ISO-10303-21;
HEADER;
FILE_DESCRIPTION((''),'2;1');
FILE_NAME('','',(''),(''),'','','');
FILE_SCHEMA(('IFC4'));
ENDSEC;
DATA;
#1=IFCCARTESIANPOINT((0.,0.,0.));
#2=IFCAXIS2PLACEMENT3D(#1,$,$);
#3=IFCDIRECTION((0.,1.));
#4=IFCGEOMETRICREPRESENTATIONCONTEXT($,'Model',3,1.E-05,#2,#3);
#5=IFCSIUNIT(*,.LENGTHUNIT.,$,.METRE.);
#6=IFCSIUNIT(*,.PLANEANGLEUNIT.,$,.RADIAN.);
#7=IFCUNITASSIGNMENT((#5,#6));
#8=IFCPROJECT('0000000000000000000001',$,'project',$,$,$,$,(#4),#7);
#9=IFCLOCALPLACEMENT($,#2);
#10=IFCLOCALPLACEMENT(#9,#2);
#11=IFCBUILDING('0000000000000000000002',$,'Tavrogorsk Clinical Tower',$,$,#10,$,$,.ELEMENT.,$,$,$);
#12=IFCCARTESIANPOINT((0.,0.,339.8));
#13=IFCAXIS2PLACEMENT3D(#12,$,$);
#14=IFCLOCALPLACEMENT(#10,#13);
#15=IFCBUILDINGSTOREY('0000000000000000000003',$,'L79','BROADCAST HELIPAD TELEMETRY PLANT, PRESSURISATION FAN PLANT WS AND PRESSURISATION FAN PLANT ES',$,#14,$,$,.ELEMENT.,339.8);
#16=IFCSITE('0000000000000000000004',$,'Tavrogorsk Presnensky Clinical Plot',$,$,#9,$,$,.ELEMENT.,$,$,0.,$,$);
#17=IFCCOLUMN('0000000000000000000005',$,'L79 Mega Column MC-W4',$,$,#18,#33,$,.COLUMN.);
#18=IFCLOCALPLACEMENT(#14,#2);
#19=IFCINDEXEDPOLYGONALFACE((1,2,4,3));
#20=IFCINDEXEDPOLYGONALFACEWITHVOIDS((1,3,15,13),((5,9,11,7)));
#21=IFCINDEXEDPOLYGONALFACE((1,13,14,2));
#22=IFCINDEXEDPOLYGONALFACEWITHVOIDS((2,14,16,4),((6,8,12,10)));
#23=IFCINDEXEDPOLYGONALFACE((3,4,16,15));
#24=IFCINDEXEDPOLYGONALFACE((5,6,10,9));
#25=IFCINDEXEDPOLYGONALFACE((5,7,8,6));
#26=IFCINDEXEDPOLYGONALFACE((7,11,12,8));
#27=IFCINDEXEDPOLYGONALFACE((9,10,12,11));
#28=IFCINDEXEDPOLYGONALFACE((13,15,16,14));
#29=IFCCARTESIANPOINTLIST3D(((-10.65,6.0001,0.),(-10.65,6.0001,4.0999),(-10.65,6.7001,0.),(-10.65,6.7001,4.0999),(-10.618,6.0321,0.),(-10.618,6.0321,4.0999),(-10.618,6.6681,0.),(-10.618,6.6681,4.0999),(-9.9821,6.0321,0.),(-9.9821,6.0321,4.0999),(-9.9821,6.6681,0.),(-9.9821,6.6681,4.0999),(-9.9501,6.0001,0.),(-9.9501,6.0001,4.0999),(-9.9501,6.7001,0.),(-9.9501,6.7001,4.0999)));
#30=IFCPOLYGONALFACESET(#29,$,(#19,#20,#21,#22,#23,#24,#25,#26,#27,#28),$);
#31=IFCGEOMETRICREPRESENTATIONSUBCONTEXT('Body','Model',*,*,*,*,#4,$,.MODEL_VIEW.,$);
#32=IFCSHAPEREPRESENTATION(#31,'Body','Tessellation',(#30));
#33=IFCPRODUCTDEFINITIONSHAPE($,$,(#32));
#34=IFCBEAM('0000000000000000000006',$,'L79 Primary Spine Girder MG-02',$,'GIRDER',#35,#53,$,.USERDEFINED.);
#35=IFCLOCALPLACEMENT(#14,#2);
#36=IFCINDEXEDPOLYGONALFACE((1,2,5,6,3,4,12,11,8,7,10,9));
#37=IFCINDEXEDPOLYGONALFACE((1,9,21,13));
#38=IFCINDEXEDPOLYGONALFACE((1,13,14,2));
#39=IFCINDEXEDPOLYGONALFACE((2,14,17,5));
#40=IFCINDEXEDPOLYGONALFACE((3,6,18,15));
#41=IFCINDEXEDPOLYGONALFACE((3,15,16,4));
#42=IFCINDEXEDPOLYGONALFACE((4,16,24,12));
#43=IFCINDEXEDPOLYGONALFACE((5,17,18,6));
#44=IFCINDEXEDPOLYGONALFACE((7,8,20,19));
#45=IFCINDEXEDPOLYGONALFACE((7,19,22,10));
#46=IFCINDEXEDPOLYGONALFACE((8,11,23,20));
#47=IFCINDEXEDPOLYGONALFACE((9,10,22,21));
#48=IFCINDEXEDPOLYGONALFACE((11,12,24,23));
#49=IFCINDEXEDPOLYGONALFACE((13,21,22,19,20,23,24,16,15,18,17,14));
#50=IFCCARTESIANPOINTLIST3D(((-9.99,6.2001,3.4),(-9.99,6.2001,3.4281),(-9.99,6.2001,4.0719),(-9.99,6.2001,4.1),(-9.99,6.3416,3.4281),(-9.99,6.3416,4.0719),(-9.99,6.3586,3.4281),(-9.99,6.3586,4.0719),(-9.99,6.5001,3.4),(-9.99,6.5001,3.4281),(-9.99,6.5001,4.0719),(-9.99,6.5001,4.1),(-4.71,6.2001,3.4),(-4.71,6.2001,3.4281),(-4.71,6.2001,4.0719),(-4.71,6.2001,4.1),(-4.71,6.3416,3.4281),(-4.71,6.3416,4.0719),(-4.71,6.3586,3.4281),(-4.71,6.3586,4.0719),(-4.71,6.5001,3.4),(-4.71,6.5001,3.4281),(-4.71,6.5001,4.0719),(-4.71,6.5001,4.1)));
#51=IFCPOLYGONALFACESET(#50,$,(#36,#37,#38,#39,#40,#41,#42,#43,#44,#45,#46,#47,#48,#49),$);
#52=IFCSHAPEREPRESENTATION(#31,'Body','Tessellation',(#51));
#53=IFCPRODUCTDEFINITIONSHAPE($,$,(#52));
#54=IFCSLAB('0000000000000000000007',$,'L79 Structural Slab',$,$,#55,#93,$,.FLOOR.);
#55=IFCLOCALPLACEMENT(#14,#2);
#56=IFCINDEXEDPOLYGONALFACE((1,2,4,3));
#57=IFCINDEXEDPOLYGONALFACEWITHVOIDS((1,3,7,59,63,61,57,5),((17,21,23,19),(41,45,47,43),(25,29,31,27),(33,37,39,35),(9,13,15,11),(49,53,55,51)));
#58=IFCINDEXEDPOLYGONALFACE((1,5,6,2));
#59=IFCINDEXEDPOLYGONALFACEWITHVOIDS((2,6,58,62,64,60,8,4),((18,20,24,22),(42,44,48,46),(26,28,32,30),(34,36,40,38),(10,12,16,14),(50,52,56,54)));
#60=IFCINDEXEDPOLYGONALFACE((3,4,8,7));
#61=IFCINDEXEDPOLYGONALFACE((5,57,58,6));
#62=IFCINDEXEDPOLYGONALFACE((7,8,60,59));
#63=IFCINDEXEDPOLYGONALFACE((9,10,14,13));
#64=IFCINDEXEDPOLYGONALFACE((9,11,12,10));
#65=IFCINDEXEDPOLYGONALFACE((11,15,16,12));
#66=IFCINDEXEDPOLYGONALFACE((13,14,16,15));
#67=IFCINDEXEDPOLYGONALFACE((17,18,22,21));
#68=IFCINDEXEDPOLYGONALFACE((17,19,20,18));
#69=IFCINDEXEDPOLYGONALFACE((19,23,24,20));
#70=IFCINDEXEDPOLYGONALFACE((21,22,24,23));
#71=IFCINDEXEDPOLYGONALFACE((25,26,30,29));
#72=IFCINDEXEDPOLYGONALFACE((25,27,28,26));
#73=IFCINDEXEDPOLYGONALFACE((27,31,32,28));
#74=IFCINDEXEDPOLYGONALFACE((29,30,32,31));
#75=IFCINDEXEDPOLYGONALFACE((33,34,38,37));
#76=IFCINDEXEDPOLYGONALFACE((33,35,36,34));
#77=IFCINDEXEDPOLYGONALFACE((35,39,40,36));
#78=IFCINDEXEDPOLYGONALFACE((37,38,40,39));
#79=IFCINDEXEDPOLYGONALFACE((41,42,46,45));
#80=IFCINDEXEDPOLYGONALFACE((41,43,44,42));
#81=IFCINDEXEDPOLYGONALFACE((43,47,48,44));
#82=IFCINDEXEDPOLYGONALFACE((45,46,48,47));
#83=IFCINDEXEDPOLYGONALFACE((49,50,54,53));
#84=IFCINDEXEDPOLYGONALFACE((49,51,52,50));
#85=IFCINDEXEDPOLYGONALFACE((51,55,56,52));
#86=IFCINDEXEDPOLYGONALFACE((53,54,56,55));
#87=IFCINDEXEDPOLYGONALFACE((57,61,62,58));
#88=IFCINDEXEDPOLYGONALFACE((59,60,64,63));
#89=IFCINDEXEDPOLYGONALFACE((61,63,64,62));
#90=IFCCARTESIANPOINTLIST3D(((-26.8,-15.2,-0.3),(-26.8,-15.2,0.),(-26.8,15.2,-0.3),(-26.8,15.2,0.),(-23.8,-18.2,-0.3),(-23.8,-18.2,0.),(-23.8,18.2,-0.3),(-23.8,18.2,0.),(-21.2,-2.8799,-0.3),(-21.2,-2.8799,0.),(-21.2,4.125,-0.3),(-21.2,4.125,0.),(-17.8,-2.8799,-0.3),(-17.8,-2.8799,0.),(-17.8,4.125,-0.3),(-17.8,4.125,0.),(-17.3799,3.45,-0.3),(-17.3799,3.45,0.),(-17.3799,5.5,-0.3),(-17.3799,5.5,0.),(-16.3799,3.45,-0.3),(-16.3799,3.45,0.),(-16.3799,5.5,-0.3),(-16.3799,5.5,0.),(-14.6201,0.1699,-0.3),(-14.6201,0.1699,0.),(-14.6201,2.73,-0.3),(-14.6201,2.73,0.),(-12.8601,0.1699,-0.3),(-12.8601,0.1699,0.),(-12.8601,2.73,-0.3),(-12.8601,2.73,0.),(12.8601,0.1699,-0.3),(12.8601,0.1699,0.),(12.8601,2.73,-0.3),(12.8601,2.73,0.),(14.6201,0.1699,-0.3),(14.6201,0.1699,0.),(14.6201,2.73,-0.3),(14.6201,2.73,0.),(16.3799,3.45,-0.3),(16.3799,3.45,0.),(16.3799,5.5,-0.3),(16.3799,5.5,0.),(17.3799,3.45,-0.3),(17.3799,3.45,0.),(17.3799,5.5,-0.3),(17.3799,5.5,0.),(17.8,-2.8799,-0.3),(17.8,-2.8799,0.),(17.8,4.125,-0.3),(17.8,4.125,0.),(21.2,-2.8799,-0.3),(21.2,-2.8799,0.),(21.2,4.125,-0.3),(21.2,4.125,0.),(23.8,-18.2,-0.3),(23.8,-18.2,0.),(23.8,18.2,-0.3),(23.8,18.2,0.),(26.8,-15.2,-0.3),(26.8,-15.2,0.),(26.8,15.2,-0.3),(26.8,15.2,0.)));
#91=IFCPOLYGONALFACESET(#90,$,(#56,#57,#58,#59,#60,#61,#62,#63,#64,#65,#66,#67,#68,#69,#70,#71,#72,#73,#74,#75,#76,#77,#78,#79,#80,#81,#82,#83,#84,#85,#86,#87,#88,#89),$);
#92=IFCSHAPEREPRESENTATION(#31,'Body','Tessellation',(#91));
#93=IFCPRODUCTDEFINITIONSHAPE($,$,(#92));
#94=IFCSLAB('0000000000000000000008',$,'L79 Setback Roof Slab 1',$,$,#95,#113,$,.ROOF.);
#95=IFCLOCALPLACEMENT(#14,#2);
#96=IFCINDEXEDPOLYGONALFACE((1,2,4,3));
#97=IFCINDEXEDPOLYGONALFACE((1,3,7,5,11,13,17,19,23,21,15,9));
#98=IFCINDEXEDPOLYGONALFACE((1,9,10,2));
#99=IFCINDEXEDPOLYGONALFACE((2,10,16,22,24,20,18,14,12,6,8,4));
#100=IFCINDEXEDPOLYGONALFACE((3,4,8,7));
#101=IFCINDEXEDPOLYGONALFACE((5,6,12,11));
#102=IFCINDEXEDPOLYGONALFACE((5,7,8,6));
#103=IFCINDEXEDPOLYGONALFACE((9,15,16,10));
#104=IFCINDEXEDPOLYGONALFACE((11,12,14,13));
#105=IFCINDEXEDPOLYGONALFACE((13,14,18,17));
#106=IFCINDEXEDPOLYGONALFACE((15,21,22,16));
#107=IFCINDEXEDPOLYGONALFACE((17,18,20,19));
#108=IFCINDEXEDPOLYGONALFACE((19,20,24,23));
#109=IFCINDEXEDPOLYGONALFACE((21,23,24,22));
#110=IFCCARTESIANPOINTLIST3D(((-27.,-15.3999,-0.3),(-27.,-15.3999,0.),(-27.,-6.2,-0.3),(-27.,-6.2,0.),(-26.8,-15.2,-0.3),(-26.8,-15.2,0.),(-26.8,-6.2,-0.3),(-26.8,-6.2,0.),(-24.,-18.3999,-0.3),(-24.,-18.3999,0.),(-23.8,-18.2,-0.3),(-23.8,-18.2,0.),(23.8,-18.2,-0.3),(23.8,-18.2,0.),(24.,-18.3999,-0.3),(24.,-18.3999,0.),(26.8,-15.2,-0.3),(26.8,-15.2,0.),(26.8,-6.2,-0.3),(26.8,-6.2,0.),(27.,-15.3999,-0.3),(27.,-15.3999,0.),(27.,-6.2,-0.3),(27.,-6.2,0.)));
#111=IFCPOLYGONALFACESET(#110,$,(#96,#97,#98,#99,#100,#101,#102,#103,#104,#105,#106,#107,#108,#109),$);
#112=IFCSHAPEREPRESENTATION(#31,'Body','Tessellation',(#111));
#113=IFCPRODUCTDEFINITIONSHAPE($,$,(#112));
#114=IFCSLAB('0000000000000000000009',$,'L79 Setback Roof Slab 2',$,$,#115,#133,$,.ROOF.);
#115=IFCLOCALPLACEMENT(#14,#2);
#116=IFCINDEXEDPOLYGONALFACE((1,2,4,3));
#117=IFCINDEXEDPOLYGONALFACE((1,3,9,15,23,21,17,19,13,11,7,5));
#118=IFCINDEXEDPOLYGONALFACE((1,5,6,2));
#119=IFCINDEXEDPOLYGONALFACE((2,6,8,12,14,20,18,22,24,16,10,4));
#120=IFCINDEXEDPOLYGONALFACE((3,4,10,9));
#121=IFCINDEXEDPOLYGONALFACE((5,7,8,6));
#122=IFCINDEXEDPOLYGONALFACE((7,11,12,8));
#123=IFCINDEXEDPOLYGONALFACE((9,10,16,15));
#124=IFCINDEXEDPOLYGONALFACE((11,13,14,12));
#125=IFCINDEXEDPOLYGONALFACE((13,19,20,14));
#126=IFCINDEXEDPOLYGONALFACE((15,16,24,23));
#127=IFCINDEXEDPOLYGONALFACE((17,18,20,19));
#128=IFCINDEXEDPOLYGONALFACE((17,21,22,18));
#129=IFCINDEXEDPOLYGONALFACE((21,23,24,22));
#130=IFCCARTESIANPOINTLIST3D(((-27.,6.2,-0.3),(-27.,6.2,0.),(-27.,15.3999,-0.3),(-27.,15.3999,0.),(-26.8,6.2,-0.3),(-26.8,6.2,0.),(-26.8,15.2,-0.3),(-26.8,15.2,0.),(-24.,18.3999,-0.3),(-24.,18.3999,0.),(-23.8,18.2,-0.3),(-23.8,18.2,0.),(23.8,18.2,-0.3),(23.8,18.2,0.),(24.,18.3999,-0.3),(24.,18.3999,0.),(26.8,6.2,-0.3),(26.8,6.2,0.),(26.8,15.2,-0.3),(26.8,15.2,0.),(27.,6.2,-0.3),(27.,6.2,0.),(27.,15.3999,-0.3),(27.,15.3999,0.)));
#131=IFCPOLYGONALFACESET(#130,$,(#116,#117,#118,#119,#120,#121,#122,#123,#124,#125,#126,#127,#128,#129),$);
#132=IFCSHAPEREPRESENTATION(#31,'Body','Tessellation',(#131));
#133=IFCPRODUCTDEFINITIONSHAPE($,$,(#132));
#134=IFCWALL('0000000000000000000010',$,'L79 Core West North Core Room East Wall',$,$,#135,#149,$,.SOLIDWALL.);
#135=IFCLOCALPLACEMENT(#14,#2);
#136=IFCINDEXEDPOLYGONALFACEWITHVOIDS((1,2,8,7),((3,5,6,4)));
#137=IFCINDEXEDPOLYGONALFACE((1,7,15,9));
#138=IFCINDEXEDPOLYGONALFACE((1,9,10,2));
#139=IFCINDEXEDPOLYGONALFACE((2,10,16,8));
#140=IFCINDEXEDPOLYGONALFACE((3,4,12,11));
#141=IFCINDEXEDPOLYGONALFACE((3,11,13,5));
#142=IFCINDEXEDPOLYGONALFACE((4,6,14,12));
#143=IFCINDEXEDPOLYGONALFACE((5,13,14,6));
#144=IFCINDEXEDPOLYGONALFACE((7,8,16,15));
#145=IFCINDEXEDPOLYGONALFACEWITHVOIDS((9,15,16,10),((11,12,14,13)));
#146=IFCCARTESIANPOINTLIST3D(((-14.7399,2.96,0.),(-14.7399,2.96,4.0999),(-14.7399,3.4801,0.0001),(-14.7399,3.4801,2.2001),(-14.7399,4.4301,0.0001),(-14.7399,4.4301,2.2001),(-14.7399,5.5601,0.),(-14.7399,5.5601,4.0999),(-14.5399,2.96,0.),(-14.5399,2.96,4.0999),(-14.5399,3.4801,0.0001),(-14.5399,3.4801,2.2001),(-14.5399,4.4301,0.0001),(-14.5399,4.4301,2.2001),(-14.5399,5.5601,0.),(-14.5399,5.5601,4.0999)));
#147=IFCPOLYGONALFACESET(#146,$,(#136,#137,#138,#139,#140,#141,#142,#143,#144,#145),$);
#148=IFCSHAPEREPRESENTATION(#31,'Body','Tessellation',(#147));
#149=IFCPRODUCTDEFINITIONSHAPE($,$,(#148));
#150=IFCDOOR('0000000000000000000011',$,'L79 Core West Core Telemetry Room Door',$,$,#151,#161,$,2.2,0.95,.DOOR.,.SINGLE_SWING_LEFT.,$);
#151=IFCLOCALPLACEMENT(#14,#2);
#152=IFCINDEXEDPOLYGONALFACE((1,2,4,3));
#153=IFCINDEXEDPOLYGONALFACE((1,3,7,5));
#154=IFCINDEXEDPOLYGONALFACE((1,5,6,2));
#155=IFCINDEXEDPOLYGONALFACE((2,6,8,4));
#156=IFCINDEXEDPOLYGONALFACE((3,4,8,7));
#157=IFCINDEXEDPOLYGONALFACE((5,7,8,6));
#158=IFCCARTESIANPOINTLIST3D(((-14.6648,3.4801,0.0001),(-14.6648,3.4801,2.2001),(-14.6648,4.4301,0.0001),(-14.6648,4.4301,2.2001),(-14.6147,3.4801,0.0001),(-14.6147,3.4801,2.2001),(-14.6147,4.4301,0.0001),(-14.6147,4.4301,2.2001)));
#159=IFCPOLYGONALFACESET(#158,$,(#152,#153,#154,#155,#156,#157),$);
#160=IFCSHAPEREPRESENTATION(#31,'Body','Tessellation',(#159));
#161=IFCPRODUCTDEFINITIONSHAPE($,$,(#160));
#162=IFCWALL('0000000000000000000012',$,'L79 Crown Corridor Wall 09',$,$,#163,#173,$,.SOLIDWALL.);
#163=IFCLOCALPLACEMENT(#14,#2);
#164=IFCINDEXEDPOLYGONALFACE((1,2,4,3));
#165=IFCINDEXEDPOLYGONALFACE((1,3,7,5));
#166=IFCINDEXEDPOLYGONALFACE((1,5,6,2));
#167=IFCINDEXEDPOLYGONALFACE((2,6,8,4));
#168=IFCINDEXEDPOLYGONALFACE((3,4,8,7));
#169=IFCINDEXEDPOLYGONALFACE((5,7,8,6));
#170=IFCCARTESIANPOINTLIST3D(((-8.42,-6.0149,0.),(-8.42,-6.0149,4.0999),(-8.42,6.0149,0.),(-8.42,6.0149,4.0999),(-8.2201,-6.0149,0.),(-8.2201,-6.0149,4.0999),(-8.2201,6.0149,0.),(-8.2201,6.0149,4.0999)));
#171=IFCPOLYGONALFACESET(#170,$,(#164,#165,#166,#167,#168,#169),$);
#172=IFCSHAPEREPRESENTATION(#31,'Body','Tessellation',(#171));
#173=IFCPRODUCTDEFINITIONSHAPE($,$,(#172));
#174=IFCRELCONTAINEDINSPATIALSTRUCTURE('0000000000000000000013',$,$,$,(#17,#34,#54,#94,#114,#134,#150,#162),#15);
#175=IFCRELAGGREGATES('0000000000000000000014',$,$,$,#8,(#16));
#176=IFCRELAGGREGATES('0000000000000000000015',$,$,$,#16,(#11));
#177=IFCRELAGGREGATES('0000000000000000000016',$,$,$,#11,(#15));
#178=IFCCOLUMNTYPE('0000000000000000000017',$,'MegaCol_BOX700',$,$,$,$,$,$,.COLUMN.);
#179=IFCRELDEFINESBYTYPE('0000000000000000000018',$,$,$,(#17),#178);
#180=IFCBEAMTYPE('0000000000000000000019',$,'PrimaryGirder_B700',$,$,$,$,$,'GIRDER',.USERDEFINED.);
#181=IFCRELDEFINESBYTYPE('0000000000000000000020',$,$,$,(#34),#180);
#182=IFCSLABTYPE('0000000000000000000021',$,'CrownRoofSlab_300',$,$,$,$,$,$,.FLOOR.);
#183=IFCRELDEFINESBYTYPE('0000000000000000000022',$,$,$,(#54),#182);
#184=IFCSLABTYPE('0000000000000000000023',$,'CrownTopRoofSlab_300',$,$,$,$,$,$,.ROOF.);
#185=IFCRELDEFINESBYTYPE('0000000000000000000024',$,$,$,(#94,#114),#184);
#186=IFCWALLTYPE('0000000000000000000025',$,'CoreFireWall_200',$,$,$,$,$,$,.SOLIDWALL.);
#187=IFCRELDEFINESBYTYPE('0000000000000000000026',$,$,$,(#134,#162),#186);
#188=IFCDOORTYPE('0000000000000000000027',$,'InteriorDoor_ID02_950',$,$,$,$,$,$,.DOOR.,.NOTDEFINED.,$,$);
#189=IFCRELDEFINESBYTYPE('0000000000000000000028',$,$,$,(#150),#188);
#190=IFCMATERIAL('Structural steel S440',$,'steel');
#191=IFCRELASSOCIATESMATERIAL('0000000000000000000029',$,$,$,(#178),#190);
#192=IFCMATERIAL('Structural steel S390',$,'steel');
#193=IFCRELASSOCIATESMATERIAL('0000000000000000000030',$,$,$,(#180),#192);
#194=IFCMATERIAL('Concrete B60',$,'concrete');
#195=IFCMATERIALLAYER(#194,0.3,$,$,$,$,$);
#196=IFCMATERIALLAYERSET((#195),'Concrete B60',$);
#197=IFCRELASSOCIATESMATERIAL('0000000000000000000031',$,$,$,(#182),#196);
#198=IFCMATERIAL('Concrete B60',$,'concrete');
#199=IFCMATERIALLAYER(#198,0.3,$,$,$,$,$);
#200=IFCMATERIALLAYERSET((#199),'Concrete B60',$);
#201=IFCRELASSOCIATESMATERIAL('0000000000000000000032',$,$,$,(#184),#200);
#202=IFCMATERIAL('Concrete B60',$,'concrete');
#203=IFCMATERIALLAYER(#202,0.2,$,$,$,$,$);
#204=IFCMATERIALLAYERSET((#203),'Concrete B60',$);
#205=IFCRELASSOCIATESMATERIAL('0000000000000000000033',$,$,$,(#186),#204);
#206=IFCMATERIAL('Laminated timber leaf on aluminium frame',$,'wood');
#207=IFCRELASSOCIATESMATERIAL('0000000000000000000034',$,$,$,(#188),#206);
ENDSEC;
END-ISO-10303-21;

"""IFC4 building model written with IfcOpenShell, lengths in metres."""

from ifc_helpers import new_model, si_unit, direction, frame, frame_2d, origin, origin_2d, place, context, subcontext, project, spatial, polyline, rectangle, hollow_rectangle, i_section, outline, extrude, material, layer, layer_set, material_profile, profile_set, type_object, element, fill, save


model = new_model("IFC4")

# Units and contexts
model_context = context("Model", 3, precision=1e-05, world=origin(), true_north=direction((0.0, 1.0)))
body_context = subcontext(model_context, "Body", "Model", "MODEL_VIEW")
ifc_project = project(units=[si_unit("LENGTHUNIT", "METRE"), si_unit("PLANEANGLEUNIT", "RADIAN")], contexts=[model_context])

# Site, building, storey
site_placement = place(None, origin())
site = spatial("IfcSite", under=ifc_project, at=site_placement, Name="Tavrogorsk Presnensky Clinical Plot", CompositionType="ELEMENT", RefElevation=0.0)
building_placement = place(site_placement, origin())
building = spatial("IfcBuilding", under=site, at=building_placement, Name="Tavrogorsk Clinical Tower", CompositionType="ELEMENT")
storey_placement = place(building_placement, frame((0.0, 0.0, 339.8)))
storey = spatial("IfcBuildingStorey", under=building, at=storey_placement, Name="L79", Description="BROADCAST HELIPAD TELEMETRY PLANT, PRESSURISATION FAN PLANT WS AND PRESSURISATION FAN PLANT ES", CompositionType="ELEMENT", Elevation=339.8)

# Column
ifc_material_1 = material(Name="Structural steel S440", Category="steel")
ifc_material_profile_1 = material_profile(ifc_material_1, hollow_rectangle(XDim=0.7, YDim=0.7, WallThickness=0.032, at=origin_2d()), Name="BOX-700x700x32")
ifc_profile_set_1 = profile_set([ifc_material_profile_1], Name="Structural steel S440")
column_type = type_object("IfcColumnType", Name="MegaCol_BOX700", PredefinedType="COLUMN", material=ifc_profile_set_1)
column_placement = place(storey_placement, frame((-10.3, 6.3501, 0.0), z_axis=(0.0, 0.0, 1.0), x_axis=(1.0, 0.0, 0.0)))
element("IfcColumn", 1, at=column_placement, inside=storey, type_object=column_type, Name="L79 Mega Column MC-W4", PredefinedType="COLUMN", context=body_context, shape_type="SweptSolid", body=[
    extrude(hollow_rectangle(XDim=0.7, YDim=0.7, WallThickness=0.032, at=origin_2d()), origin(), (0.0, 0.0, 1.0), 4.0999),
])

# Beam
ifc_material_2 = material(Name="Structural steel S390", Category="steel")
ifc_material_profile_2 = material_profile(ifc_material_2, i_section(OverallWidth=0.3, OverallDepth=0.7, WebThickness=0.0171, FlangeThickness=0.0281, at=origin_2d()), Name="B-700x300x17x28")
ifc_profile_set_2 = profile_set([ifc_material_profile_2], Name="Structural steel S390")
beam_type = type_object("IfcBeamType", Name="PrimaryGirder_B700", ElementType="GIRDER", PredefinedType="USERDEFINED", material=ifc_profile_set_2)
beam_placement = place(storey_placement, frame((-9.99, 6.3501, 3.75), z_axis=(1.0, 0.0, 0.0), x_axis=(0.0, 1.0, 0.0)))
element("IfcBeam", 2, at=beam_placement, inside=storey, type_object=beam_type, Name="L79 Primary Spine Girder MG-02", ObjectType="GIRDER", PredefinedType="USERDEFINED", context=body_context, shape_type="SweptSolid", body=[
    extrude(i_section(OverallWidth=0.3, OverallDepth=0.7, WebThickness=0.0171, FlangeThickness=0.0281, at=origin_2d()), origin(), (0.0, 0.0, 1.0), 5.28),
])

# Slabs
ifc_material_3 = material(Name="Concrete B60", Category="concrete")
ifc_layer_1 = layer(ifc_material_3, 0.3)
ifc_layer_set_1 = layer_set([ifc_layer_1], Name="Concrete B60")
slab_type_1 = type_object("IfcSlabType", Name="CrownRoofSlab_300", PredefinedType="FLOOR", material=ifc_layer_set_1)
slab_1_placement = place(storey_placement, frame((0.0, 0.0, -0.3)))
element("IfcSlab", 3, at=slab_1_placement, inside=storey, type_object=slab_type_1, Name="L79 Structural Slab", PredefinedType="FLOOR", context=body_context, shape_type="SweptSolid", body=[
    extrude(outline(polyline([(-23.8, -18.2), (23.8, -18.2), (26.8, -15.2), (26.8, 15.2), (23.8, 18.2), (-23.8, 18.2), (-26.8, 15.2), (-26.8, -15.2), (-23.8, -18.2)]), holes=[polyline([(-17.8, -2.8799), (-17.8, 4.125), (-21.2, 4.125), (-21.2, -2.8799), (-17.8, -2.8799)]), polyline([(21.2, -2.8799), (21.2, 4.125), (17.8, 4.125), (17.8, -2.8799), (21.2, -2.8799)]), polyline([(-14.6201, 0.1699), (-12.8601, 0.1699), (-12.8601, 2.73), (-14.6201, 2.73), (-14.6201, 0.1699)]), polyline([(12.8601, 0.1699), (14.6201, 0.1699), (14.6201, 2.73), (12.8601, 2.73), (12.8601, 0.1699)]), polyline([(-17.3799, 3.45), (-16.3799, 3.45), (-16.3799, 5.5), (-17.3799, 5.5), (-17.3799, 3.45)]), polyline([(16.3799, 3.45), (17.3799, 3.45), (17.3799, 5.5), (16.3799, 5.5), (16.3799, 3.45)])]), origin(), (0.0, 0.0, 1.0), 0.3),
])
ifc_material_4 = material(Name="Concrete B60", Category="concrete")
ifc_layer_2 = layer(ifc_material_4, 0.3)
ifc_layer_set_2 = layer_set([ifc_layer_2], Name="Concrete B60")
slab_type_2 = type_object("IfcSlabType", Name="CrownTopRoofSlab_300", PredefinedType="ROOF", material=ifc_layer_set_2)
slab_2_placement = place(storey_placement, frame((0.0, 0.0, -0.3)))
element("IfcSlab", 4, at=slab_2_placement, inside=storey, type_object=slab_type_2, Name="L79 Setback Roof Slab 1", PredefinedType="ROOF", context=body_context, shape_type="SweptSolid", body=[
    extrude(outline(polyline([(-27.0, -6.2), (-26.8, -6.2), (-26.8, -15.2), (-23.8, -18.2), (23.8, -18.2), (26.8, -15.2), (26.8, -6.2), (27.0, -6.2), (27.0, -15.3999), (24.0, -18.3999), (-24.0, -18.3999), (-27.0, -15.3999), (-27.0, -6.2)])), origin(), (0.0, 0.0, 1.0), 0.3),
])
slab_3_placement = place(storey_placement, frame((0.0, 0.0, -0.3)))
element("IfcSlab", 5, at=slab_3_placement, inside=storey, type_object=slab_type_2, Name="L79 Setback Roof Slab 2", PredefinedType="ROOF", context=body_context, shape_type="SweptSolid", body=[
    extrude(outline(polyline([(-27.0, 15.3999), (-24.0, 18.3999), (24.0, 18.3999), (27.0, 15.3999), (27.0, 6.2), (26.8, 6.2), (26.8, 15.2), (23.8, 18.2), (-23.8, 18.2), (-26.8, 15.2), (-26.8, 6.2), (-27.0, 6.2), (-27.0, 15.3999)])), origin(), (0.0, 0.0, 1.0), 0.3),
])

# Wall, opening, door
ifc_material_5 = material(Name="Concrete B60", Category="concrete")
ifc_layer_3 = layer(ifc_material_5, 0.2)
ifc_layer_set_3 = layer_set([ifc_layer_3], Name="Concrete B60")
wall_type_1 = type_object("IfcWallType", Name="CoreFireWall_200", PredefinedType="SOLIDWALL", material=ifc_layer_set_3)
wall_1_placement = place(storey_placement, frame((-14.6399, 2.96, 0.0), z_axis=(0.0, 0.0, 1.0), x_axis=(0.0, 1.0, 0.0)))
wall_1 = element("IfcWall", 6, at=wall_1_placement, inside=storey, type_object=wall_type_1, Name="L79 Core West North Core Room East Wall", PredefinedType="SOLIDWALL", context=body_context, shape_type="SweptSolid", body=[
    extrude(rectangle(XDim=2.6001, YDim=0.2, at=frame_2d((1.3, 0.0))), origin(), (0.0, 0.0, 1.0), 4.0999),
])
opening_1_placement = place(wall_1_placement, frame((0.52, 0.0, 0.0)))
opening_1 = element("IfcOpeningElement", 7, at=opening_1_placement, cuts=wall_1, PredefinedType="OPENING", context=body_context, shape_type="SweptSolid", body=[
    extrude(rectangle(XDim=0.95, YDim=2.2, at=frame_2d((0.4751, 1.1001))), frame((0.0, 0.1099, 0.0), z_axis=(0.0, -1.0, 0.0), x_axis=(1.0, 0.0, 0.0)), (0.0, 0.0, 1.0), 0.22),
])
ifc_material_6 = material(Name="Laminated timber leaf on aluminium frame", Category="wood")
door_type_1 = type_object("IfcDoorType", Name="InteriorDoor_ID02_950", OperationType="NOTDEFINED", PredefinedType="DOOR", material=ifc_material_6)
door_1_placement = place(opening_1_placement, origin())
door_1 = element("IfcDoor", 8, at=door_1_placement, inside=storey, type_object=door_type_1, Name="L79 Core West Core Telemetry Room Door", OperationType="SINGLE_SWING_LEFT", OverallHeight=2.2, OverallWidth=0.95, PredefinedType="DOOR", context=body_context, shape_type="SweptSolid", body=[
    extrude(rectangle(XDim=0.95, YDim=2.2, at=frame_2d((0.4751, 1.1001))), frame((0.0, 0.0249, 0.0), z_axis=(0.0, -1.0, 0.0), x_axis=(1.0, 0.0, 0.0)), (0.0, 0.0, 1.0), 0.05),
])
fill(opening_1, door_1)

# Wall
wall_2_placement = place(storey_placement, frame((-8.3201, 6.0149, 0.0), z_axis=(0.0, 0.0, 1.0), x_axis=(0.0, -1.0, 0.0)))
element("IfcWall", 9, at=wall_2_placement, inside=storey, type_object=wall_type_1, Name="L79 Crown Corridor Wall 09", PredefinedType="SOLIDWALL", context=body_context, shape_type="SweptSolid", body=[
    extrude(rectangle(XDim=12.0298, YDim=0.2, at=frame_2d((6.0149, 0.0))), origin(), (0.0, 0.0, 1.0), 4.0999),
])

save(model, "model.ifc")
